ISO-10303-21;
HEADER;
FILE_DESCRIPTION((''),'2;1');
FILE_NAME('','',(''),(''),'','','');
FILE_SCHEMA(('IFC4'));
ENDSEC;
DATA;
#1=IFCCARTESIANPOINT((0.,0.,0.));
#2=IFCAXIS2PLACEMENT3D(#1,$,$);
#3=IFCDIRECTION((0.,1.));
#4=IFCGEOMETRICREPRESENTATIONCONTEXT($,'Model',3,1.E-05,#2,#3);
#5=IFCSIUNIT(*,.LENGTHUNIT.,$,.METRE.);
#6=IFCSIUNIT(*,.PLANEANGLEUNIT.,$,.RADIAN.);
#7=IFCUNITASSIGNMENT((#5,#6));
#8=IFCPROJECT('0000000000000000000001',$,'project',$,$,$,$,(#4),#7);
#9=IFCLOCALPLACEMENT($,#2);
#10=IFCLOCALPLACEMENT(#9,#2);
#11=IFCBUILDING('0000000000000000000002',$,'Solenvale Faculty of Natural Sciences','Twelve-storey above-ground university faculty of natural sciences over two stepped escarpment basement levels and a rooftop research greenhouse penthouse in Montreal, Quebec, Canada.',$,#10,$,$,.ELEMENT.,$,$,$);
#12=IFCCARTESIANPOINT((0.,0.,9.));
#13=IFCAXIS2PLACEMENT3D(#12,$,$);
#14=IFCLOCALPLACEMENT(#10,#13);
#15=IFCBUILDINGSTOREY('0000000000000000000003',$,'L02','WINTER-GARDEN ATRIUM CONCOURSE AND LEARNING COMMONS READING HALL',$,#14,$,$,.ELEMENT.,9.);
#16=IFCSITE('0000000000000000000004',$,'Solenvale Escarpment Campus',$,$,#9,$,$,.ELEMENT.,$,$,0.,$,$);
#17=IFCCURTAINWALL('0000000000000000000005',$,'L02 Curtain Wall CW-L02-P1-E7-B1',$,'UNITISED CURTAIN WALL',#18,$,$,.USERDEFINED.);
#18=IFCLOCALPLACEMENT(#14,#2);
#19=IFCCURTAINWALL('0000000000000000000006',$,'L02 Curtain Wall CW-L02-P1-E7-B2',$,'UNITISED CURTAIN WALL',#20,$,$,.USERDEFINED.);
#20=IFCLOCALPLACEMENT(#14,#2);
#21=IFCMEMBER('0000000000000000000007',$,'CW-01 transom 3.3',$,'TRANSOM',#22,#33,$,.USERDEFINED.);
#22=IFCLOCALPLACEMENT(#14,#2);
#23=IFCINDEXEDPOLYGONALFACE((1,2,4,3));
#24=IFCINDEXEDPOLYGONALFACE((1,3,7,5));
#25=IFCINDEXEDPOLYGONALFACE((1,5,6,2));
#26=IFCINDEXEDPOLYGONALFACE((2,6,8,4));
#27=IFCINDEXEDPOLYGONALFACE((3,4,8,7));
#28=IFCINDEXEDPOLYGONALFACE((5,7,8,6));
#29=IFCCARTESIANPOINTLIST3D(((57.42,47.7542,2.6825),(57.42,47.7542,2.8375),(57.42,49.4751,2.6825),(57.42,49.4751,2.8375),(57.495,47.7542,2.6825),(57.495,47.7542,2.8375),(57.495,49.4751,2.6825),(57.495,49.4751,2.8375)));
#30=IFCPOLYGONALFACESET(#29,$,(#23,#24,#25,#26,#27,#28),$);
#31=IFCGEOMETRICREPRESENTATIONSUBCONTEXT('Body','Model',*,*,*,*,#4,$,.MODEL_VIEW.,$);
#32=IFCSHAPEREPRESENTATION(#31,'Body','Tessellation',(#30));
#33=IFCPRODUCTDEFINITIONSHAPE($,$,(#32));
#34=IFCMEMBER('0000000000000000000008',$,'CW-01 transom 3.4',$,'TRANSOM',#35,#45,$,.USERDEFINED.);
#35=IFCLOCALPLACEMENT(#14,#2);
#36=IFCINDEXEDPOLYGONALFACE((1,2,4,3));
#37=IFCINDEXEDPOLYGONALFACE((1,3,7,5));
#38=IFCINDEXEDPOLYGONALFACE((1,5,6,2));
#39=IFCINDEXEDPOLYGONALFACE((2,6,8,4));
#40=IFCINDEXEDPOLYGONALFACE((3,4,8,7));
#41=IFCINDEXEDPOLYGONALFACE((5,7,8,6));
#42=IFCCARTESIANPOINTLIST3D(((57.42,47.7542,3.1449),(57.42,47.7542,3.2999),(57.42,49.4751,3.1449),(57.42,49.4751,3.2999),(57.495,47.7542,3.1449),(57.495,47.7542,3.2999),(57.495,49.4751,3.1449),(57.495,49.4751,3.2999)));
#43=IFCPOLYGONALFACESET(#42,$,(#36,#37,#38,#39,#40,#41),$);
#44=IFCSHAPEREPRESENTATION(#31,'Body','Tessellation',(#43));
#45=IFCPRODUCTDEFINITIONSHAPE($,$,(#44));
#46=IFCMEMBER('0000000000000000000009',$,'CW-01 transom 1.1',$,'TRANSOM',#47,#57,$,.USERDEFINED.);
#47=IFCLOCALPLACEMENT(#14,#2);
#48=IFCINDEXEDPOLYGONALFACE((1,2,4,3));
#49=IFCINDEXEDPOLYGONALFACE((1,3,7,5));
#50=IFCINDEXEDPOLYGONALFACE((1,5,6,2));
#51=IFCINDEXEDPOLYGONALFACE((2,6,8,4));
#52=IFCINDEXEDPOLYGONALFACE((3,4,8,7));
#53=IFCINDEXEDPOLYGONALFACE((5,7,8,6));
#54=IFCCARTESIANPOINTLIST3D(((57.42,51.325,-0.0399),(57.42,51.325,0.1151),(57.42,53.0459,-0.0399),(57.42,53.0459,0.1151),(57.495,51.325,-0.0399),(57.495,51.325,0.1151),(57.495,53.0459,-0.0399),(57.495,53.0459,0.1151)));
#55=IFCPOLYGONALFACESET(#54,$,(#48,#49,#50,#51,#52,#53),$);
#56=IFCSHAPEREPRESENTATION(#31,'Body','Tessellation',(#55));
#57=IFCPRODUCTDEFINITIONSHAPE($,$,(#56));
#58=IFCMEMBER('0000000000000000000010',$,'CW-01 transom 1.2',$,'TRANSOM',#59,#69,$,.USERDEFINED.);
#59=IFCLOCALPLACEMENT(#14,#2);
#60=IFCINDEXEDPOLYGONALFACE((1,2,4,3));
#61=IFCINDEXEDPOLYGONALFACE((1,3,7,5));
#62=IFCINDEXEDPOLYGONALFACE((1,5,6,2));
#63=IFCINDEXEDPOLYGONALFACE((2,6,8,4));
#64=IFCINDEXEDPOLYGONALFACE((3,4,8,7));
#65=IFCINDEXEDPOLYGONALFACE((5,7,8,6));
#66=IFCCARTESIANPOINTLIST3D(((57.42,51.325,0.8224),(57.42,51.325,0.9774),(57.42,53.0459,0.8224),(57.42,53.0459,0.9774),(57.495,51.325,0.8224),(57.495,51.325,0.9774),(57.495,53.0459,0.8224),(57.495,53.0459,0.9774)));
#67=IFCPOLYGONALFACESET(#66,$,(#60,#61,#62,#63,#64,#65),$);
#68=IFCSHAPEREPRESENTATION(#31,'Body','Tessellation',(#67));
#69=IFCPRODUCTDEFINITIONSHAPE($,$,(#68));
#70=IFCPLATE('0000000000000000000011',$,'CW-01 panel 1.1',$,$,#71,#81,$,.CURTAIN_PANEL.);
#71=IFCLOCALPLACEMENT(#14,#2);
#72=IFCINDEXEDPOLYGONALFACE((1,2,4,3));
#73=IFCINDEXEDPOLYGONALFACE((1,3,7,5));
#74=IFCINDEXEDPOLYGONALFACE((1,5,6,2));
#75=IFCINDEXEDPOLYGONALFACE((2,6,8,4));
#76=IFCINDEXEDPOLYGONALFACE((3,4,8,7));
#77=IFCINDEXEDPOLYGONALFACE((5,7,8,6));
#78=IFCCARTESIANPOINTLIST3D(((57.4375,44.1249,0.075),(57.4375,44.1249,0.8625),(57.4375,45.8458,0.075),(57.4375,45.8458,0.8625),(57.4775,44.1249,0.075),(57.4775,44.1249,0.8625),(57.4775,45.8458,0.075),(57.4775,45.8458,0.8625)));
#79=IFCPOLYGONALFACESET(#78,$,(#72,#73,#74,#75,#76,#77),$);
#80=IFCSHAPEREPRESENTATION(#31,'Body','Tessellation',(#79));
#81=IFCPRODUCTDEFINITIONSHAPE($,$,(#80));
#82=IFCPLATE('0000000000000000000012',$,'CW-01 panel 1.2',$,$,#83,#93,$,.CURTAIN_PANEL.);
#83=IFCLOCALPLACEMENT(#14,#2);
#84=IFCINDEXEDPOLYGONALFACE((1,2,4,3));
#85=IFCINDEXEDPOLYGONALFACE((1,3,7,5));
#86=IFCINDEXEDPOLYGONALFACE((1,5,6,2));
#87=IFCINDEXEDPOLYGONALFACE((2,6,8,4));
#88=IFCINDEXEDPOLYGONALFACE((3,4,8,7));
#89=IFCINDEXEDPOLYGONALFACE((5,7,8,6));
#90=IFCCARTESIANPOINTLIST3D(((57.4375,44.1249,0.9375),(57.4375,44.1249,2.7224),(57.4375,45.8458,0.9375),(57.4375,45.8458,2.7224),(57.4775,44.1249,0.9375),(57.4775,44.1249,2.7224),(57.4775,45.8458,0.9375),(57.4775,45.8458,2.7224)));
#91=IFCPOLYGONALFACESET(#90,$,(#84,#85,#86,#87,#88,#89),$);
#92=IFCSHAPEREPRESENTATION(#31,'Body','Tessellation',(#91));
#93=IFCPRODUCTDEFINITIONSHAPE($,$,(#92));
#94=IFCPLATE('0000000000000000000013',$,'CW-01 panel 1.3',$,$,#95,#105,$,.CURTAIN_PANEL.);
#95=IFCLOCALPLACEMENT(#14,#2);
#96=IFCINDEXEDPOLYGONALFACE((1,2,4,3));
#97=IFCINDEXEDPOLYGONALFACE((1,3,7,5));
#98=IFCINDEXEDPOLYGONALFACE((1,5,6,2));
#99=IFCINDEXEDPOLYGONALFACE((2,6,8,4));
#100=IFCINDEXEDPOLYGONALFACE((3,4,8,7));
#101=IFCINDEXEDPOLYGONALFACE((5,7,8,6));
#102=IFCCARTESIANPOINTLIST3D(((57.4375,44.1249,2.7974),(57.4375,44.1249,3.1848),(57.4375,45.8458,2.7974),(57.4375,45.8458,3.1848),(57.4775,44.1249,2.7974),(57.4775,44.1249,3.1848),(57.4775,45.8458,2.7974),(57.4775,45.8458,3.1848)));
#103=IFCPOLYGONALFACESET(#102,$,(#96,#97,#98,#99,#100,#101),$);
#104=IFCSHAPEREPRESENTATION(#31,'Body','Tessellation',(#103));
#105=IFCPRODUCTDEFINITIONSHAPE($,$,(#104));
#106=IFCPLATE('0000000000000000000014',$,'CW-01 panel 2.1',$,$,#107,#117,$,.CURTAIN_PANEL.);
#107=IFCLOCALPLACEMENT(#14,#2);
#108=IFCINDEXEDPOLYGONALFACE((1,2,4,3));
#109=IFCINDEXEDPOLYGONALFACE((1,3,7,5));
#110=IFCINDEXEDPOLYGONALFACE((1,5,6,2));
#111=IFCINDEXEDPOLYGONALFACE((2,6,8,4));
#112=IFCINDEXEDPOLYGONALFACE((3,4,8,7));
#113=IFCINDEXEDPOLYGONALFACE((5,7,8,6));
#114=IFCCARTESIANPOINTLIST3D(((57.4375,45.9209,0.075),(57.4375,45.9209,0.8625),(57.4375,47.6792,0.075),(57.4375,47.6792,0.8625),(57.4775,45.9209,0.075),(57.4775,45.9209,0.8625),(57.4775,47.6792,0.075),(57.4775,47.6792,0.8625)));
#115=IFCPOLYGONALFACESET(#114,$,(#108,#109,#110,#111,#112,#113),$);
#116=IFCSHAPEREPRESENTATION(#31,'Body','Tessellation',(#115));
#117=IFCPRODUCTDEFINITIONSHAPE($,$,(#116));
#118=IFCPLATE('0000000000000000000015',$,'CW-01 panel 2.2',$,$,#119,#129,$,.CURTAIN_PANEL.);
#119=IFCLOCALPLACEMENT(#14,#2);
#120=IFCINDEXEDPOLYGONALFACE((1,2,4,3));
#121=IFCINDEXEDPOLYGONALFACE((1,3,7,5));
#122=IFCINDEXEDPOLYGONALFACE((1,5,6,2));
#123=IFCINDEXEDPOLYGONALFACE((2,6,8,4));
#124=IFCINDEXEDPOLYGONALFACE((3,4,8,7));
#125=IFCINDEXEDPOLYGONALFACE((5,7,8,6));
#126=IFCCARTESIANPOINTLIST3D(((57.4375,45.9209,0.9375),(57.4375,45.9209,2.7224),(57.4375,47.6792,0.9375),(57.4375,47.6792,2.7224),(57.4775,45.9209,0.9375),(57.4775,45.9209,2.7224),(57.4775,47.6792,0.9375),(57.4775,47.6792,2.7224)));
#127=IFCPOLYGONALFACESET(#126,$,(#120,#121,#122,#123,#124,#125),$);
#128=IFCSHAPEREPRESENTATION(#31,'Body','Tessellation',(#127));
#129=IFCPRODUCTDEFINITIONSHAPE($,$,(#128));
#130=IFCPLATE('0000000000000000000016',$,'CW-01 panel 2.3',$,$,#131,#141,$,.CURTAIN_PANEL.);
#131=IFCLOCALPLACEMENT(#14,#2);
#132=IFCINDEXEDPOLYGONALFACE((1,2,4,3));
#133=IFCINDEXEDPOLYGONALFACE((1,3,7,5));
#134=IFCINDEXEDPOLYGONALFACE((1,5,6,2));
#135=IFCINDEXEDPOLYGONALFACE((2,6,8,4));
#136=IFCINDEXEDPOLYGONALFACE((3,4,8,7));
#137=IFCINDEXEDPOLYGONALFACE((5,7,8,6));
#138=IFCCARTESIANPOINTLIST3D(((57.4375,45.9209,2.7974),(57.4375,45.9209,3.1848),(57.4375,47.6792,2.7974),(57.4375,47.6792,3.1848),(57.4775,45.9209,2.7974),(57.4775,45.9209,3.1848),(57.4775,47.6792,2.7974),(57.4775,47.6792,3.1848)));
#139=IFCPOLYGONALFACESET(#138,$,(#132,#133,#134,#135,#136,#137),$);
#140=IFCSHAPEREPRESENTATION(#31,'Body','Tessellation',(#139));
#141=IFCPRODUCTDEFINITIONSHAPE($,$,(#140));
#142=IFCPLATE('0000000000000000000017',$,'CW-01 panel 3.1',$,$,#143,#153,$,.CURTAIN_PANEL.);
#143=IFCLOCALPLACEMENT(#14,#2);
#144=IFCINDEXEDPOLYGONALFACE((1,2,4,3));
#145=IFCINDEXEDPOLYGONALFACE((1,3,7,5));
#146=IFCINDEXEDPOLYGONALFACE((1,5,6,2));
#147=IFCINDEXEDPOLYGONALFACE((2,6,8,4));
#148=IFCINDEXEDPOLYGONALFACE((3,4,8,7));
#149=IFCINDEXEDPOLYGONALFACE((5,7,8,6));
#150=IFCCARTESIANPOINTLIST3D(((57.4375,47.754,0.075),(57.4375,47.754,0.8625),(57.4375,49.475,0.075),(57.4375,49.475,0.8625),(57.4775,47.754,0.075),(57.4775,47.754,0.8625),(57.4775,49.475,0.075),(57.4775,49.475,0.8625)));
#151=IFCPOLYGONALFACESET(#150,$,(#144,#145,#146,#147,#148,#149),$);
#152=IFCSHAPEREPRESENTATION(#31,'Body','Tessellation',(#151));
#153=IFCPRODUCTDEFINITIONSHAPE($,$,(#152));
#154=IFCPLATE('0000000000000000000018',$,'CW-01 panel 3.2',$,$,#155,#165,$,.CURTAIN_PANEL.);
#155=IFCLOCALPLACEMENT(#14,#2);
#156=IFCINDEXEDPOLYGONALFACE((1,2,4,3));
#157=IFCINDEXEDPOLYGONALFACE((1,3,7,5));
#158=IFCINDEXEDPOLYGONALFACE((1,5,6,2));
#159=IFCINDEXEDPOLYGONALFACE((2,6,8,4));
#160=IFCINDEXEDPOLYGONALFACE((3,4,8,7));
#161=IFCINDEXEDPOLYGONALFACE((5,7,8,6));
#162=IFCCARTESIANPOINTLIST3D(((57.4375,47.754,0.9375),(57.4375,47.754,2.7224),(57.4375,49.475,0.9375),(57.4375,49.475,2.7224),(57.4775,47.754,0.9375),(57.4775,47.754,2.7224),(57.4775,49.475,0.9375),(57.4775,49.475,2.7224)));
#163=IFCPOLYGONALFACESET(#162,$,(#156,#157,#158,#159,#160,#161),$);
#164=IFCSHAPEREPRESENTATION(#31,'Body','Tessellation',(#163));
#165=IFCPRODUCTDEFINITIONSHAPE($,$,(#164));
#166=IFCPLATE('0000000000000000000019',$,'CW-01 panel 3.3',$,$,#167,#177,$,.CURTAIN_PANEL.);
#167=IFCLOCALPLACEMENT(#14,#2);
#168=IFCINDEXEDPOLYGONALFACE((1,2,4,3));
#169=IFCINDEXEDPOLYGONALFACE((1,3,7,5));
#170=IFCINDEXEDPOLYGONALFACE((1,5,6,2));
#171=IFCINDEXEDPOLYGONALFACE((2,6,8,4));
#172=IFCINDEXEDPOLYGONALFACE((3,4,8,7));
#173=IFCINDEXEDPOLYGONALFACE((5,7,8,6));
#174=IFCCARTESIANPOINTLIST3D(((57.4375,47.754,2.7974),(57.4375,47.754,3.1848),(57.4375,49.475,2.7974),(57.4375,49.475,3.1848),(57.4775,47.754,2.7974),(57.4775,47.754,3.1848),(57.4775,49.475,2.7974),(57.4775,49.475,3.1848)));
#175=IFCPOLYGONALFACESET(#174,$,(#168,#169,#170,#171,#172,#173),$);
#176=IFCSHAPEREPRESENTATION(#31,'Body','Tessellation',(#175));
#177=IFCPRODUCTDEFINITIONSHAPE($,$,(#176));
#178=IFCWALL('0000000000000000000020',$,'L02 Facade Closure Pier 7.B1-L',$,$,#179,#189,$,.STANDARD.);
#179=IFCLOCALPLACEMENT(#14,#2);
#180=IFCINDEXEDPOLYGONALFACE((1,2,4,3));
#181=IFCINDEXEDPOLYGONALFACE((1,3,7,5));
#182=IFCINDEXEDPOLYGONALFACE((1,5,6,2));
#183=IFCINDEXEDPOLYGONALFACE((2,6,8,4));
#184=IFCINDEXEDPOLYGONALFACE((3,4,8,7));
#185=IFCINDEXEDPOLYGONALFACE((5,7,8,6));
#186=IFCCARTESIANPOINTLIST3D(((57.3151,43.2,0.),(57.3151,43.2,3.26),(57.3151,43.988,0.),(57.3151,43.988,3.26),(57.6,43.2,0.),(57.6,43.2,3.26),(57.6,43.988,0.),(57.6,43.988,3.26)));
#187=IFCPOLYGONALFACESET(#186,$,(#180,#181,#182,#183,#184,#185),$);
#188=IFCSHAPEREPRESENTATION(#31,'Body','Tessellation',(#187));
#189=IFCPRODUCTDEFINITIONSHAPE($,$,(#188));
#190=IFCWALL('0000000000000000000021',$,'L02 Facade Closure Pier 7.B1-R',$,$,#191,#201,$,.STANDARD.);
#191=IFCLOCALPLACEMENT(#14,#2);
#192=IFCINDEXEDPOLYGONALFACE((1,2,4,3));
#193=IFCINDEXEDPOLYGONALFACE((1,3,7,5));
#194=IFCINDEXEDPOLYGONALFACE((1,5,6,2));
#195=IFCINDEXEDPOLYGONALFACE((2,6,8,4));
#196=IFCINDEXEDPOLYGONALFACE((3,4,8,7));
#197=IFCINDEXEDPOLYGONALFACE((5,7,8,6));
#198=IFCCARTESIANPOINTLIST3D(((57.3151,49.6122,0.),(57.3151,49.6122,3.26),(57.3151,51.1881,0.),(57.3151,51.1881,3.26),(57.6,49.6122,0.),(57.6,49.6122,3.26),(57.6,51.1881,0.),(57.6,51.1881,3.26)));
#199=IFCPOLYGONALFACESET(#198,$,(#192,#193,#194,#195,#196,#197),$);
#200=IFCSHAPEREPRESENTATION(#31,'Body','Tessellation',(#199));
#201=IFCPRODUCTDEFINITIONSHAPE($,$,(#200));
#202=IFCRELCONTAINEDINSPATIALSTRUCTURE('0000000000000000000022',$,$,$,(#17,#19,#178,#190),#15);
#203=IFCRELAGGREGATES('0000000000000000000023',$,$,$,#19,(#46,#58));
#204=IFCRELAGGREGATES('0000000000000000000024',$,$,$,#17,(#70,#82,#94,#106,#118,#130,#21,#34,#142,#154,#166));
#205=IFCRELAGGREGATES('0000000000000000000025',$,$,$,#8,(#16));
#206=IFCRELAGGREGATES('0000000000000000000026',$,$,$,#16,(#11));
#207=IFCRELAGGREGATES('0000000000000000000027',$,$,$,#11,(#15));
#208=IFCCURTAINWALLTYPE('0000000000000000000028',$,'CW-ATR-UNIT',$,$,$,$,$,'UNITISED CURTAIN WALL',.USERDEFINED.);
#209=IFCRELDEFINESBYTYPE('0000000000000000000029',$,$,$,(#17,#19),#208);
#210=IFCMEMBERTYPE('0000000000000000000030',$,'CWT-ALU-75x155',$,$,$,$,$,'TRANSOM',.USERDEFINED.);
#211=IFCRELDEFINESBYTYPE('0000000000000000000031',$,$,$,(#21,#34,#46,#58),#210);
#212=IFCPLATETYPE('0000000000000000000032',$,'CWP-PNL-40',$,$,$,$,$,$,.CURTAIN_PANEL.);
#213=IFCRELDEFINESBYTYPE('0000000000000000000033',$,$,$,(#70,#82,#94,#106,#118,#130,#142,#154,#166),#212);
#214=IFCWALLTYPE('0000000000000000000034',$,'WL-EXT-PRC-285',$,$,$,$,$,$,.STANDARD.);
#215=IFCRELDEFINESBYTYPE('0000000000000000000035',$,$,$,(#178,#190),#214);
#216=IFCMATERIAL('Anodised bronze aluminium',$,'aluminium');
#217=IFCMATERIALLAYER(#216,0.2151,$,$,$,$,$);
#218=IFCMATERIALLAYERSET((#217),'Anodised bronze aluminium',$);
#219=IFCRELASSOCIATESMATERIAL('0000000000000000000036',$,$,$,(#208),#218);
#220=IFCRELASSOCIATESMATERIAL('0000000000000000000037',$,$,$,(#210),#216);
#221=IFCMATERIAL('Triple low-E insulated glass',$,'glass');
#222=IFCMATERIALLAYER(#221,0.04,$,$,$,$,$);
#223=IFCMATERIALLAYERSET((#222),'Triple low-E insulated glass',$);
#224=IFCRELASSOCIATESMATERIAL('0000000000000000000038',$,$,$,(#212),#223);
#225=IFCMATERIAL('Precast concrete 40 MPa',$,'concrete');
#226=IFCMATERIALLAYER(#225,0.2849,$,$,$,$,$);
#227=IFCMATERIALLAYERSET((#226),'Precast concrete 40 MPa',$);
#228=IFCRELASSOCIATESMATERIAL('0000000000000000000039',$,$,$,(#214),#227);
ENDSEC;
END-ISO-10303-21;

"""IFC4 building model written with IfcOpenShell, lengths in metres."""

from ifc_helpers import new_model, si_unit, direction, frame, frame_2d, origin, origin_2d, place, context, subcontext, project, spatial, rectangle, extrude, material, layer, layer_set, material_profile, profile_set, type_object, element, aggregate, save


model = new_model("IFC4")

# Units and contexts
model_context = context("Model", 3, precision=1e-05, world=origin(), true_north=direction((0.0, 1.0)))
body_context = subcontext(model_context, "Body", "Model", "MODEL_VIEW")
ifc_project = project(units=[si_unit("LENGTHUNIT", "METRE"), si_unit("PLANEANGLEUNIT", "RADIAN")], contexts=[model_context])

# Site, building, storey
site_placement = place(None, origin())
site = spatial("IfcSite", under=ifc_project, at=site_placement, Name="Solenvale Escarpment Campus", CompositionType="ELEMENT", RefElevation=0.0)
building_placement = place(site_placement, origin())
building = spatial("IfcBuilding", under=site, at=building_placement, Name="Solenvale Faculty of Natural Sciences", Description="Twelve-storey above-ground university faculty of natural sciences over two stepped escarpment basement levels and a rooftop research greenhouse penthouse in Montreal, Quebec, Canada.", CompositionType="ELEMENT")
storey_placement = place(building_placement, frame((0.0, 0.0, 9.0)))
storey = spatial("IfcBuildingStorey", under=building, at=storey_placement, Name="L02", Description="WINTER-GARDEN ATRIUM CONCOURSE AND LEARNING COMMONS READING HALL", CompositionType="ELEMENT", Elevation=9.0)

# Curtain wall
ifc_material_1 = material(Name="Anodised bronze aluminium", Category="aluminium")
ifc_layer_1 = layer(ifc_material_1, 0.2151)
ifc_layer_set_1 = layer_set([ifc_layer_1], Name="Anodised bronze aluminium")
curtain_wall_type = type_object("IfcCurtainWallType", Name="CW-ATR-UNIT", ElementType="UNITISED CURTAIN WALL", PredefinedType="USERDEFINED", material=ifc_layer_set_1)
curtain_wall_1_placement = place(storey_placement, origin())
curtain_wall_1 = element("IfcCurtainWall", 1, at=curtain_wall_1_placement, inside=storey, type_object=curtain_wall_type, Name="L02 Curtain Wall CW-L02-P1-E7-B1", ObjectType="UNITISED CURTAIN WALL", PredefinedType="USERDEFINED")

# Curtain wall
curtain_wall_2_placement = place(storey_placement, origin())
curtain_wall_2 = element("IfcCurtainWall", 2, at=curtain_wall_2_placement, inside=storey, type_object=curtain_wall_type, Name="L02 Curtain Wall CW-L02-P1-E7-B2", ObjectType="UNITISED CURTAIN WALL", PredefinedType="USERDEFINED")

# Members
ifc_material_profile_1 = material_profile(ifc_material_1, rectangle(XDim=0.075, YDim=0.155, at=origin_2d()), Name="ALU-TRN-75x155")
ifc_profile_set_1 = profile_set([ifc_material_profile_1], Name="Anodised bronze aluminium")
member_type_1 = type_object("IfcMemberType", Name="CWT-ALU-75x155", ElementType="TRANSOM", PredefinedType="USERDEFINED", material=ifc_profile_set_1)
member_1_placement = place(storey_placement, frame((57.4575, 47.7542, 2.76), z_axis=(0.0, 1.0, 0.0), x_axis=(-1.0, 0.0, 0.0)))
member_1 = element("IfcMember", 3, at=member_1_placement, type_object=member_type_1, Name="CW-01 transom 3.3", ObjectType="TRANSOM", PredefinedType="USERDEFINED", context=body_context, shape_type="SweptSolid", body=[
    extrude(rectangle(XDim=0.075, YDim=0.155, at=origin_2d()), origin(), (0.0, 0.0, 1.0), 1.7209),
])
member_2_placement = place(storey_placement, frame((57.4575, 47.7542, 3.2224), z_axis=(0.0, 1.0, 0.0), x_axis=(-1.0, 0.0, 0.0)))
member_2 = element("IfcMember", 4, at=member_2_placement, type_object=member_type_1, Name="CW-01 transom 3.4", ObjectType="TRANSOM", PredefinedType="USERDEFINED", context=body_context, shape_type="SweptSolid", body=[
    extrude(rectangle(XDim=0.075, YDim=0.155, at=origin_2d()), origin(), (0.0, 0.0, 1.0), 1.7209),
])
member_3_placement = place(storey_placement, frame((57.4575, 51.325, 0.0376), z_axis=(0.0, 1.0, 0.0), x_axis=(-1.0, 0.0, 0.0)))
member_3 = element("IfcMember", 5, at=member_3_placement, type_object=member_type_1, Name="CW-01 transom 1.1", ObjectType="TRANSOM", PredefinedType="USERDEFINED", context=body_context, shape_type="SweptSolid", body=[
    extrude(rectangle(XDim=0.075, YDim=0.155, at=origin_2d()), origin(), (0.0, 0.0, 1.0), 1.7209),
])
member_4_placement = place(storey_placement, frame((57.4575, 51.325, 0.8999), z_axis=(0.0, 1.0, 0.0), x_axis=(-1.0, 0.0, 0.0)))
member_4 = element("IfcMember", 6, at=member_4_placement, type_object=member_type_1, Name="CW-01 transom 1.2", ObjectType="TRANSOM", PredefinedType="USERDEFINED", context=body_context, shape_type="SweptSolid", body=[
    extrude(rectangle(XDim=0.075, YDim=0.155, at=origin_2d()), origin(), (0.0, 0.0, 1.0), 1.7209),
])
aggregate(curtain_wall_2, [member_3, member_4])

# Plates
ifc_material_2 = material(Name="Triple low-E insulated glass", Category="glass")
ifc_layer_2 = layer(ifc_material_2, 0.04)
ifc_layer_set_2 = layer_set([ifc_layer_2], Name="Triple low-E insulated glass")
plate_type = type_object("IfcPlateType", Name="CWP-PNL-40", PredefinedType="CURTAIN_PANEL", material=ifc_layer_set_2)
plate_1_placement = place(storey_placement, frame((57.4575, 44.9854, 0.075), z_axis=(0.0, 0.0, 1.0), x_axis=(0.0, 1.0, 0.0)))
plate_1 = element("IfcPlate", 7, at=plate_1_placement, type_object=plate_type, Name="CW-01 panel 1.1", PredefinedType="CURTAIN_PANEL", context=body_context, shape_type="SweptSolid", body=[
    extrude(rectangle(XDim=1.7209, YDim=0.04, at=origin_2d()), origin(), (0.0, 0.0, 1.0), 0.7876),
])
plate_2_placement = place(storey_placement, frame((57.4575, 44.9854, 0.9375), z_axis=(0.0, 0.0, 1.0), x_axis=(0.0, 1.0, 0.0)))
plate_2 = element("IfcPlate", 8, at=plate_2_placement, type_object=plate_type, Name="CW-01 panel 1.2", PredefinedType="CURTAIN_PANEL", context=body_context, shape_type="SweptSolid", body=[
    extrude(rectangle(XDim=1.7209, YDim=0.04, at=origin_2d()), origin(), (0.0, 0.0, 1.0), 1.7849),
])
plate_3_placement = place(storey_placement, frame((57.4575, 44.9854, 2.7974), z_axis=(0.0, 0.0, 1.0), x_axis=(0.0, 1.0, 0.0)))
plate_3 = element("IfcPlate", 9, at=plate_3_placement, type_object=plate_type, Name="CW-01 panel 1.3", PredefinedType="CURTAIN_PANEL", context=body_context, shape_type="SweptSolid", body=[
    extrude(rectangle(XDim=1.7209, YDim=0.04, at=origin_2d()), origin(), (0.0, 0.0, 1.0), 0.3875),
])
plate_4_placement = place(storey_placement, frame((57.4575, 46.8, 0.075), z_axis=(0.0, 0.0, 1.0), x_axis=(0.0, 1.0, 0.0)))
plate_4 = element("IfcPlate", 10, at=plate_4_placement, type_object=plate_type, Name="CW-01 panel 2.1", PredefinedType="CURTAIN_PANEL", context=body_context, shape_type="SweptSolid", body=[
    extrude(rectangle(XDim=1.7583, YDim=0.04, at=origin_2d()), origin(), (0.0, 0.0, 1.0), 0.7876),
])
plate_5_placement = place(storey_placement, frame((57.4575, 46.8, 0.9375), z_axis=(0.0, 0.0, 1.0), x_axis=(0.0, 1.0, 0.0)))
plate_5 = element("IfcPlate", 11, at=plate_5_placement, type_object=plate_type, Name="CW-01 panel 2.2", PredefinedType="CURTAIN_PANEL", context=body_context, shape_type="SweptSolid", body=[
    extrude(rectangle(XDim=1.7583, YDim=0.04, at=origin_2d()), origin(), (0.0, 0.0, 1.0), 1.7849),
])
plate_6_placement = place(storey_placement, frame((57.4575, 46.8, 2.7974), z_axis=(0.0, 0.0, 1.0), x_axis=(0.0, 1.0, 0.0)))
plate_6 = element("IfcPlate", 12, at=plate_6_placement, type_object=plate_type, Name="CW-01 panel 2.3", PredefinedType="CURTAIN_PANEL", context=body_context, shape_type="SweptSolid", body=[
    extrude(rectangle(XDim=1.7583, YDim=0.04, at=origin_2d()), origin(), (0.0, 0.0, 1.0), 0.3875),
])
plate_7_placement = place(storey_placement, frame((57.4575, 48.6145, 0.075), z_axis=(0.0, 0.0, 1.0), x_axis=(0.0, 1.0, 0.0)))
plate_7 = element("IfcPlate", 13, at=plate_7_placement, type_object=plate_type, Name="CW-01 panel 3.1", PredefinedType="CURTAIN_PANEL", context=body_context, shape_type="SweptSolid", body=[
    extrude(rectangle(XDim=1.7209, YDim=0.04, at=origin_2d()), origin(), (0.0, 0.0, 1.0), 0.7876),
])
plate_8_placement = place(storey_placement, frame((57.4575, 48.6145, 0.9375), z_axis=(0.0, 0.0, 1.0), x_axis=(0.0, 1.0, 0.0)))
plate_8 = element("IfcPlate", 14, at=plate_8_placement, type_object=plate_type, Name="CW-01 panel 3.2", PredefinedType="CURTAIN_PANEL", context=body_context, shape_type="SweptSolid", body=[
    extrude(rectangle(XDim=1.7209, YDim=0.04, at=origin_2d()), origin(), (0.0, 0.0, 1.0), 1.7849),
])
plate_9_placement = place(storey_placement, frame((57.4575, 48.6145, 2.7974), z_axis=(0.0, 0.0, 1.0), x_axis=(0.0, 1.0, 0.0)))
plate_9 = element("IfcPlate", 15, at=plate_9_placement, type_object=plate_type, Name="CW-01 panel 3.3", PredefinedType="CURTAIN_PANEL", context=body_context, shape_type="SweptSolid", body=[
    extrude(rectangle(XDim=1.7209, YDim=0.04, at=origin_2d()), origin(), (0.0, 0.0, 1.0), 0.3875),
])
aggregate(curtain_wall_1, [plate_1, plate_2, plate_3, plate_4, plate_5, plate_6, member_1, member_2, plate_7, plate_8, plate_9])

# Walls
ifc_material_3 = material(Name="Precast concrete 40 MPa", Category="concrete")
ifc_layer_3 = layer(ifc_material_3, 0.2849)
ifc_layer_set_3 = layer_set([ifc_layer_3], Name="Precast concrete 40 MPa")
wall_type = type_object("IfcWallType", Name="WL-EXT-PRC-285", PredefinedType="STANDARD", material=ifc_layer_set_3)
wall_1_placement = place(storey_placement, frame((57.4575, 43.2, 0.0), z_axis=(0.0, 0.0, 1.0), x_axis=(0.0, 1.0, 0.0)))
element("IfcWall", 16, at=wall_1_placement, inside=storey, type_object=wall_type, Name="L02 Facade Closure Pier 7.B1-L", PredefinedType="STANDARD", context=body_context, shape_type="SweptSolid", body=[
    extrude(rectangle(XDim=0.7881, YDim=0.2849, at=frame_2d((0.394, 0.0))), origin(), (0.0, 0.0, 1.0), 3.26),
])
wall_2_placement = place(storey_placement, frame((57.4575, 49.6121, 0.0), z_axis=(0.0, 0.0, 1.0), x_axis=(0.0, 1.0, 0.0)))
element("IfcWall", 17, at=wall_2_placement, inside=storey, type_object=wall_type, Name="L02 Facade Closure Pier 7.B1-R", PredefinedType="STANDARD", context=body_context, shape_type="SweptSolid", body=[
    extrude(rectangle(XDim=1.5759, YDim=0.2849, at=frame_2d((0.7881, 0.0))), origin(), (0.0, 0.0, 1.0), 3.26),
])

save(model, "model.ifc")
